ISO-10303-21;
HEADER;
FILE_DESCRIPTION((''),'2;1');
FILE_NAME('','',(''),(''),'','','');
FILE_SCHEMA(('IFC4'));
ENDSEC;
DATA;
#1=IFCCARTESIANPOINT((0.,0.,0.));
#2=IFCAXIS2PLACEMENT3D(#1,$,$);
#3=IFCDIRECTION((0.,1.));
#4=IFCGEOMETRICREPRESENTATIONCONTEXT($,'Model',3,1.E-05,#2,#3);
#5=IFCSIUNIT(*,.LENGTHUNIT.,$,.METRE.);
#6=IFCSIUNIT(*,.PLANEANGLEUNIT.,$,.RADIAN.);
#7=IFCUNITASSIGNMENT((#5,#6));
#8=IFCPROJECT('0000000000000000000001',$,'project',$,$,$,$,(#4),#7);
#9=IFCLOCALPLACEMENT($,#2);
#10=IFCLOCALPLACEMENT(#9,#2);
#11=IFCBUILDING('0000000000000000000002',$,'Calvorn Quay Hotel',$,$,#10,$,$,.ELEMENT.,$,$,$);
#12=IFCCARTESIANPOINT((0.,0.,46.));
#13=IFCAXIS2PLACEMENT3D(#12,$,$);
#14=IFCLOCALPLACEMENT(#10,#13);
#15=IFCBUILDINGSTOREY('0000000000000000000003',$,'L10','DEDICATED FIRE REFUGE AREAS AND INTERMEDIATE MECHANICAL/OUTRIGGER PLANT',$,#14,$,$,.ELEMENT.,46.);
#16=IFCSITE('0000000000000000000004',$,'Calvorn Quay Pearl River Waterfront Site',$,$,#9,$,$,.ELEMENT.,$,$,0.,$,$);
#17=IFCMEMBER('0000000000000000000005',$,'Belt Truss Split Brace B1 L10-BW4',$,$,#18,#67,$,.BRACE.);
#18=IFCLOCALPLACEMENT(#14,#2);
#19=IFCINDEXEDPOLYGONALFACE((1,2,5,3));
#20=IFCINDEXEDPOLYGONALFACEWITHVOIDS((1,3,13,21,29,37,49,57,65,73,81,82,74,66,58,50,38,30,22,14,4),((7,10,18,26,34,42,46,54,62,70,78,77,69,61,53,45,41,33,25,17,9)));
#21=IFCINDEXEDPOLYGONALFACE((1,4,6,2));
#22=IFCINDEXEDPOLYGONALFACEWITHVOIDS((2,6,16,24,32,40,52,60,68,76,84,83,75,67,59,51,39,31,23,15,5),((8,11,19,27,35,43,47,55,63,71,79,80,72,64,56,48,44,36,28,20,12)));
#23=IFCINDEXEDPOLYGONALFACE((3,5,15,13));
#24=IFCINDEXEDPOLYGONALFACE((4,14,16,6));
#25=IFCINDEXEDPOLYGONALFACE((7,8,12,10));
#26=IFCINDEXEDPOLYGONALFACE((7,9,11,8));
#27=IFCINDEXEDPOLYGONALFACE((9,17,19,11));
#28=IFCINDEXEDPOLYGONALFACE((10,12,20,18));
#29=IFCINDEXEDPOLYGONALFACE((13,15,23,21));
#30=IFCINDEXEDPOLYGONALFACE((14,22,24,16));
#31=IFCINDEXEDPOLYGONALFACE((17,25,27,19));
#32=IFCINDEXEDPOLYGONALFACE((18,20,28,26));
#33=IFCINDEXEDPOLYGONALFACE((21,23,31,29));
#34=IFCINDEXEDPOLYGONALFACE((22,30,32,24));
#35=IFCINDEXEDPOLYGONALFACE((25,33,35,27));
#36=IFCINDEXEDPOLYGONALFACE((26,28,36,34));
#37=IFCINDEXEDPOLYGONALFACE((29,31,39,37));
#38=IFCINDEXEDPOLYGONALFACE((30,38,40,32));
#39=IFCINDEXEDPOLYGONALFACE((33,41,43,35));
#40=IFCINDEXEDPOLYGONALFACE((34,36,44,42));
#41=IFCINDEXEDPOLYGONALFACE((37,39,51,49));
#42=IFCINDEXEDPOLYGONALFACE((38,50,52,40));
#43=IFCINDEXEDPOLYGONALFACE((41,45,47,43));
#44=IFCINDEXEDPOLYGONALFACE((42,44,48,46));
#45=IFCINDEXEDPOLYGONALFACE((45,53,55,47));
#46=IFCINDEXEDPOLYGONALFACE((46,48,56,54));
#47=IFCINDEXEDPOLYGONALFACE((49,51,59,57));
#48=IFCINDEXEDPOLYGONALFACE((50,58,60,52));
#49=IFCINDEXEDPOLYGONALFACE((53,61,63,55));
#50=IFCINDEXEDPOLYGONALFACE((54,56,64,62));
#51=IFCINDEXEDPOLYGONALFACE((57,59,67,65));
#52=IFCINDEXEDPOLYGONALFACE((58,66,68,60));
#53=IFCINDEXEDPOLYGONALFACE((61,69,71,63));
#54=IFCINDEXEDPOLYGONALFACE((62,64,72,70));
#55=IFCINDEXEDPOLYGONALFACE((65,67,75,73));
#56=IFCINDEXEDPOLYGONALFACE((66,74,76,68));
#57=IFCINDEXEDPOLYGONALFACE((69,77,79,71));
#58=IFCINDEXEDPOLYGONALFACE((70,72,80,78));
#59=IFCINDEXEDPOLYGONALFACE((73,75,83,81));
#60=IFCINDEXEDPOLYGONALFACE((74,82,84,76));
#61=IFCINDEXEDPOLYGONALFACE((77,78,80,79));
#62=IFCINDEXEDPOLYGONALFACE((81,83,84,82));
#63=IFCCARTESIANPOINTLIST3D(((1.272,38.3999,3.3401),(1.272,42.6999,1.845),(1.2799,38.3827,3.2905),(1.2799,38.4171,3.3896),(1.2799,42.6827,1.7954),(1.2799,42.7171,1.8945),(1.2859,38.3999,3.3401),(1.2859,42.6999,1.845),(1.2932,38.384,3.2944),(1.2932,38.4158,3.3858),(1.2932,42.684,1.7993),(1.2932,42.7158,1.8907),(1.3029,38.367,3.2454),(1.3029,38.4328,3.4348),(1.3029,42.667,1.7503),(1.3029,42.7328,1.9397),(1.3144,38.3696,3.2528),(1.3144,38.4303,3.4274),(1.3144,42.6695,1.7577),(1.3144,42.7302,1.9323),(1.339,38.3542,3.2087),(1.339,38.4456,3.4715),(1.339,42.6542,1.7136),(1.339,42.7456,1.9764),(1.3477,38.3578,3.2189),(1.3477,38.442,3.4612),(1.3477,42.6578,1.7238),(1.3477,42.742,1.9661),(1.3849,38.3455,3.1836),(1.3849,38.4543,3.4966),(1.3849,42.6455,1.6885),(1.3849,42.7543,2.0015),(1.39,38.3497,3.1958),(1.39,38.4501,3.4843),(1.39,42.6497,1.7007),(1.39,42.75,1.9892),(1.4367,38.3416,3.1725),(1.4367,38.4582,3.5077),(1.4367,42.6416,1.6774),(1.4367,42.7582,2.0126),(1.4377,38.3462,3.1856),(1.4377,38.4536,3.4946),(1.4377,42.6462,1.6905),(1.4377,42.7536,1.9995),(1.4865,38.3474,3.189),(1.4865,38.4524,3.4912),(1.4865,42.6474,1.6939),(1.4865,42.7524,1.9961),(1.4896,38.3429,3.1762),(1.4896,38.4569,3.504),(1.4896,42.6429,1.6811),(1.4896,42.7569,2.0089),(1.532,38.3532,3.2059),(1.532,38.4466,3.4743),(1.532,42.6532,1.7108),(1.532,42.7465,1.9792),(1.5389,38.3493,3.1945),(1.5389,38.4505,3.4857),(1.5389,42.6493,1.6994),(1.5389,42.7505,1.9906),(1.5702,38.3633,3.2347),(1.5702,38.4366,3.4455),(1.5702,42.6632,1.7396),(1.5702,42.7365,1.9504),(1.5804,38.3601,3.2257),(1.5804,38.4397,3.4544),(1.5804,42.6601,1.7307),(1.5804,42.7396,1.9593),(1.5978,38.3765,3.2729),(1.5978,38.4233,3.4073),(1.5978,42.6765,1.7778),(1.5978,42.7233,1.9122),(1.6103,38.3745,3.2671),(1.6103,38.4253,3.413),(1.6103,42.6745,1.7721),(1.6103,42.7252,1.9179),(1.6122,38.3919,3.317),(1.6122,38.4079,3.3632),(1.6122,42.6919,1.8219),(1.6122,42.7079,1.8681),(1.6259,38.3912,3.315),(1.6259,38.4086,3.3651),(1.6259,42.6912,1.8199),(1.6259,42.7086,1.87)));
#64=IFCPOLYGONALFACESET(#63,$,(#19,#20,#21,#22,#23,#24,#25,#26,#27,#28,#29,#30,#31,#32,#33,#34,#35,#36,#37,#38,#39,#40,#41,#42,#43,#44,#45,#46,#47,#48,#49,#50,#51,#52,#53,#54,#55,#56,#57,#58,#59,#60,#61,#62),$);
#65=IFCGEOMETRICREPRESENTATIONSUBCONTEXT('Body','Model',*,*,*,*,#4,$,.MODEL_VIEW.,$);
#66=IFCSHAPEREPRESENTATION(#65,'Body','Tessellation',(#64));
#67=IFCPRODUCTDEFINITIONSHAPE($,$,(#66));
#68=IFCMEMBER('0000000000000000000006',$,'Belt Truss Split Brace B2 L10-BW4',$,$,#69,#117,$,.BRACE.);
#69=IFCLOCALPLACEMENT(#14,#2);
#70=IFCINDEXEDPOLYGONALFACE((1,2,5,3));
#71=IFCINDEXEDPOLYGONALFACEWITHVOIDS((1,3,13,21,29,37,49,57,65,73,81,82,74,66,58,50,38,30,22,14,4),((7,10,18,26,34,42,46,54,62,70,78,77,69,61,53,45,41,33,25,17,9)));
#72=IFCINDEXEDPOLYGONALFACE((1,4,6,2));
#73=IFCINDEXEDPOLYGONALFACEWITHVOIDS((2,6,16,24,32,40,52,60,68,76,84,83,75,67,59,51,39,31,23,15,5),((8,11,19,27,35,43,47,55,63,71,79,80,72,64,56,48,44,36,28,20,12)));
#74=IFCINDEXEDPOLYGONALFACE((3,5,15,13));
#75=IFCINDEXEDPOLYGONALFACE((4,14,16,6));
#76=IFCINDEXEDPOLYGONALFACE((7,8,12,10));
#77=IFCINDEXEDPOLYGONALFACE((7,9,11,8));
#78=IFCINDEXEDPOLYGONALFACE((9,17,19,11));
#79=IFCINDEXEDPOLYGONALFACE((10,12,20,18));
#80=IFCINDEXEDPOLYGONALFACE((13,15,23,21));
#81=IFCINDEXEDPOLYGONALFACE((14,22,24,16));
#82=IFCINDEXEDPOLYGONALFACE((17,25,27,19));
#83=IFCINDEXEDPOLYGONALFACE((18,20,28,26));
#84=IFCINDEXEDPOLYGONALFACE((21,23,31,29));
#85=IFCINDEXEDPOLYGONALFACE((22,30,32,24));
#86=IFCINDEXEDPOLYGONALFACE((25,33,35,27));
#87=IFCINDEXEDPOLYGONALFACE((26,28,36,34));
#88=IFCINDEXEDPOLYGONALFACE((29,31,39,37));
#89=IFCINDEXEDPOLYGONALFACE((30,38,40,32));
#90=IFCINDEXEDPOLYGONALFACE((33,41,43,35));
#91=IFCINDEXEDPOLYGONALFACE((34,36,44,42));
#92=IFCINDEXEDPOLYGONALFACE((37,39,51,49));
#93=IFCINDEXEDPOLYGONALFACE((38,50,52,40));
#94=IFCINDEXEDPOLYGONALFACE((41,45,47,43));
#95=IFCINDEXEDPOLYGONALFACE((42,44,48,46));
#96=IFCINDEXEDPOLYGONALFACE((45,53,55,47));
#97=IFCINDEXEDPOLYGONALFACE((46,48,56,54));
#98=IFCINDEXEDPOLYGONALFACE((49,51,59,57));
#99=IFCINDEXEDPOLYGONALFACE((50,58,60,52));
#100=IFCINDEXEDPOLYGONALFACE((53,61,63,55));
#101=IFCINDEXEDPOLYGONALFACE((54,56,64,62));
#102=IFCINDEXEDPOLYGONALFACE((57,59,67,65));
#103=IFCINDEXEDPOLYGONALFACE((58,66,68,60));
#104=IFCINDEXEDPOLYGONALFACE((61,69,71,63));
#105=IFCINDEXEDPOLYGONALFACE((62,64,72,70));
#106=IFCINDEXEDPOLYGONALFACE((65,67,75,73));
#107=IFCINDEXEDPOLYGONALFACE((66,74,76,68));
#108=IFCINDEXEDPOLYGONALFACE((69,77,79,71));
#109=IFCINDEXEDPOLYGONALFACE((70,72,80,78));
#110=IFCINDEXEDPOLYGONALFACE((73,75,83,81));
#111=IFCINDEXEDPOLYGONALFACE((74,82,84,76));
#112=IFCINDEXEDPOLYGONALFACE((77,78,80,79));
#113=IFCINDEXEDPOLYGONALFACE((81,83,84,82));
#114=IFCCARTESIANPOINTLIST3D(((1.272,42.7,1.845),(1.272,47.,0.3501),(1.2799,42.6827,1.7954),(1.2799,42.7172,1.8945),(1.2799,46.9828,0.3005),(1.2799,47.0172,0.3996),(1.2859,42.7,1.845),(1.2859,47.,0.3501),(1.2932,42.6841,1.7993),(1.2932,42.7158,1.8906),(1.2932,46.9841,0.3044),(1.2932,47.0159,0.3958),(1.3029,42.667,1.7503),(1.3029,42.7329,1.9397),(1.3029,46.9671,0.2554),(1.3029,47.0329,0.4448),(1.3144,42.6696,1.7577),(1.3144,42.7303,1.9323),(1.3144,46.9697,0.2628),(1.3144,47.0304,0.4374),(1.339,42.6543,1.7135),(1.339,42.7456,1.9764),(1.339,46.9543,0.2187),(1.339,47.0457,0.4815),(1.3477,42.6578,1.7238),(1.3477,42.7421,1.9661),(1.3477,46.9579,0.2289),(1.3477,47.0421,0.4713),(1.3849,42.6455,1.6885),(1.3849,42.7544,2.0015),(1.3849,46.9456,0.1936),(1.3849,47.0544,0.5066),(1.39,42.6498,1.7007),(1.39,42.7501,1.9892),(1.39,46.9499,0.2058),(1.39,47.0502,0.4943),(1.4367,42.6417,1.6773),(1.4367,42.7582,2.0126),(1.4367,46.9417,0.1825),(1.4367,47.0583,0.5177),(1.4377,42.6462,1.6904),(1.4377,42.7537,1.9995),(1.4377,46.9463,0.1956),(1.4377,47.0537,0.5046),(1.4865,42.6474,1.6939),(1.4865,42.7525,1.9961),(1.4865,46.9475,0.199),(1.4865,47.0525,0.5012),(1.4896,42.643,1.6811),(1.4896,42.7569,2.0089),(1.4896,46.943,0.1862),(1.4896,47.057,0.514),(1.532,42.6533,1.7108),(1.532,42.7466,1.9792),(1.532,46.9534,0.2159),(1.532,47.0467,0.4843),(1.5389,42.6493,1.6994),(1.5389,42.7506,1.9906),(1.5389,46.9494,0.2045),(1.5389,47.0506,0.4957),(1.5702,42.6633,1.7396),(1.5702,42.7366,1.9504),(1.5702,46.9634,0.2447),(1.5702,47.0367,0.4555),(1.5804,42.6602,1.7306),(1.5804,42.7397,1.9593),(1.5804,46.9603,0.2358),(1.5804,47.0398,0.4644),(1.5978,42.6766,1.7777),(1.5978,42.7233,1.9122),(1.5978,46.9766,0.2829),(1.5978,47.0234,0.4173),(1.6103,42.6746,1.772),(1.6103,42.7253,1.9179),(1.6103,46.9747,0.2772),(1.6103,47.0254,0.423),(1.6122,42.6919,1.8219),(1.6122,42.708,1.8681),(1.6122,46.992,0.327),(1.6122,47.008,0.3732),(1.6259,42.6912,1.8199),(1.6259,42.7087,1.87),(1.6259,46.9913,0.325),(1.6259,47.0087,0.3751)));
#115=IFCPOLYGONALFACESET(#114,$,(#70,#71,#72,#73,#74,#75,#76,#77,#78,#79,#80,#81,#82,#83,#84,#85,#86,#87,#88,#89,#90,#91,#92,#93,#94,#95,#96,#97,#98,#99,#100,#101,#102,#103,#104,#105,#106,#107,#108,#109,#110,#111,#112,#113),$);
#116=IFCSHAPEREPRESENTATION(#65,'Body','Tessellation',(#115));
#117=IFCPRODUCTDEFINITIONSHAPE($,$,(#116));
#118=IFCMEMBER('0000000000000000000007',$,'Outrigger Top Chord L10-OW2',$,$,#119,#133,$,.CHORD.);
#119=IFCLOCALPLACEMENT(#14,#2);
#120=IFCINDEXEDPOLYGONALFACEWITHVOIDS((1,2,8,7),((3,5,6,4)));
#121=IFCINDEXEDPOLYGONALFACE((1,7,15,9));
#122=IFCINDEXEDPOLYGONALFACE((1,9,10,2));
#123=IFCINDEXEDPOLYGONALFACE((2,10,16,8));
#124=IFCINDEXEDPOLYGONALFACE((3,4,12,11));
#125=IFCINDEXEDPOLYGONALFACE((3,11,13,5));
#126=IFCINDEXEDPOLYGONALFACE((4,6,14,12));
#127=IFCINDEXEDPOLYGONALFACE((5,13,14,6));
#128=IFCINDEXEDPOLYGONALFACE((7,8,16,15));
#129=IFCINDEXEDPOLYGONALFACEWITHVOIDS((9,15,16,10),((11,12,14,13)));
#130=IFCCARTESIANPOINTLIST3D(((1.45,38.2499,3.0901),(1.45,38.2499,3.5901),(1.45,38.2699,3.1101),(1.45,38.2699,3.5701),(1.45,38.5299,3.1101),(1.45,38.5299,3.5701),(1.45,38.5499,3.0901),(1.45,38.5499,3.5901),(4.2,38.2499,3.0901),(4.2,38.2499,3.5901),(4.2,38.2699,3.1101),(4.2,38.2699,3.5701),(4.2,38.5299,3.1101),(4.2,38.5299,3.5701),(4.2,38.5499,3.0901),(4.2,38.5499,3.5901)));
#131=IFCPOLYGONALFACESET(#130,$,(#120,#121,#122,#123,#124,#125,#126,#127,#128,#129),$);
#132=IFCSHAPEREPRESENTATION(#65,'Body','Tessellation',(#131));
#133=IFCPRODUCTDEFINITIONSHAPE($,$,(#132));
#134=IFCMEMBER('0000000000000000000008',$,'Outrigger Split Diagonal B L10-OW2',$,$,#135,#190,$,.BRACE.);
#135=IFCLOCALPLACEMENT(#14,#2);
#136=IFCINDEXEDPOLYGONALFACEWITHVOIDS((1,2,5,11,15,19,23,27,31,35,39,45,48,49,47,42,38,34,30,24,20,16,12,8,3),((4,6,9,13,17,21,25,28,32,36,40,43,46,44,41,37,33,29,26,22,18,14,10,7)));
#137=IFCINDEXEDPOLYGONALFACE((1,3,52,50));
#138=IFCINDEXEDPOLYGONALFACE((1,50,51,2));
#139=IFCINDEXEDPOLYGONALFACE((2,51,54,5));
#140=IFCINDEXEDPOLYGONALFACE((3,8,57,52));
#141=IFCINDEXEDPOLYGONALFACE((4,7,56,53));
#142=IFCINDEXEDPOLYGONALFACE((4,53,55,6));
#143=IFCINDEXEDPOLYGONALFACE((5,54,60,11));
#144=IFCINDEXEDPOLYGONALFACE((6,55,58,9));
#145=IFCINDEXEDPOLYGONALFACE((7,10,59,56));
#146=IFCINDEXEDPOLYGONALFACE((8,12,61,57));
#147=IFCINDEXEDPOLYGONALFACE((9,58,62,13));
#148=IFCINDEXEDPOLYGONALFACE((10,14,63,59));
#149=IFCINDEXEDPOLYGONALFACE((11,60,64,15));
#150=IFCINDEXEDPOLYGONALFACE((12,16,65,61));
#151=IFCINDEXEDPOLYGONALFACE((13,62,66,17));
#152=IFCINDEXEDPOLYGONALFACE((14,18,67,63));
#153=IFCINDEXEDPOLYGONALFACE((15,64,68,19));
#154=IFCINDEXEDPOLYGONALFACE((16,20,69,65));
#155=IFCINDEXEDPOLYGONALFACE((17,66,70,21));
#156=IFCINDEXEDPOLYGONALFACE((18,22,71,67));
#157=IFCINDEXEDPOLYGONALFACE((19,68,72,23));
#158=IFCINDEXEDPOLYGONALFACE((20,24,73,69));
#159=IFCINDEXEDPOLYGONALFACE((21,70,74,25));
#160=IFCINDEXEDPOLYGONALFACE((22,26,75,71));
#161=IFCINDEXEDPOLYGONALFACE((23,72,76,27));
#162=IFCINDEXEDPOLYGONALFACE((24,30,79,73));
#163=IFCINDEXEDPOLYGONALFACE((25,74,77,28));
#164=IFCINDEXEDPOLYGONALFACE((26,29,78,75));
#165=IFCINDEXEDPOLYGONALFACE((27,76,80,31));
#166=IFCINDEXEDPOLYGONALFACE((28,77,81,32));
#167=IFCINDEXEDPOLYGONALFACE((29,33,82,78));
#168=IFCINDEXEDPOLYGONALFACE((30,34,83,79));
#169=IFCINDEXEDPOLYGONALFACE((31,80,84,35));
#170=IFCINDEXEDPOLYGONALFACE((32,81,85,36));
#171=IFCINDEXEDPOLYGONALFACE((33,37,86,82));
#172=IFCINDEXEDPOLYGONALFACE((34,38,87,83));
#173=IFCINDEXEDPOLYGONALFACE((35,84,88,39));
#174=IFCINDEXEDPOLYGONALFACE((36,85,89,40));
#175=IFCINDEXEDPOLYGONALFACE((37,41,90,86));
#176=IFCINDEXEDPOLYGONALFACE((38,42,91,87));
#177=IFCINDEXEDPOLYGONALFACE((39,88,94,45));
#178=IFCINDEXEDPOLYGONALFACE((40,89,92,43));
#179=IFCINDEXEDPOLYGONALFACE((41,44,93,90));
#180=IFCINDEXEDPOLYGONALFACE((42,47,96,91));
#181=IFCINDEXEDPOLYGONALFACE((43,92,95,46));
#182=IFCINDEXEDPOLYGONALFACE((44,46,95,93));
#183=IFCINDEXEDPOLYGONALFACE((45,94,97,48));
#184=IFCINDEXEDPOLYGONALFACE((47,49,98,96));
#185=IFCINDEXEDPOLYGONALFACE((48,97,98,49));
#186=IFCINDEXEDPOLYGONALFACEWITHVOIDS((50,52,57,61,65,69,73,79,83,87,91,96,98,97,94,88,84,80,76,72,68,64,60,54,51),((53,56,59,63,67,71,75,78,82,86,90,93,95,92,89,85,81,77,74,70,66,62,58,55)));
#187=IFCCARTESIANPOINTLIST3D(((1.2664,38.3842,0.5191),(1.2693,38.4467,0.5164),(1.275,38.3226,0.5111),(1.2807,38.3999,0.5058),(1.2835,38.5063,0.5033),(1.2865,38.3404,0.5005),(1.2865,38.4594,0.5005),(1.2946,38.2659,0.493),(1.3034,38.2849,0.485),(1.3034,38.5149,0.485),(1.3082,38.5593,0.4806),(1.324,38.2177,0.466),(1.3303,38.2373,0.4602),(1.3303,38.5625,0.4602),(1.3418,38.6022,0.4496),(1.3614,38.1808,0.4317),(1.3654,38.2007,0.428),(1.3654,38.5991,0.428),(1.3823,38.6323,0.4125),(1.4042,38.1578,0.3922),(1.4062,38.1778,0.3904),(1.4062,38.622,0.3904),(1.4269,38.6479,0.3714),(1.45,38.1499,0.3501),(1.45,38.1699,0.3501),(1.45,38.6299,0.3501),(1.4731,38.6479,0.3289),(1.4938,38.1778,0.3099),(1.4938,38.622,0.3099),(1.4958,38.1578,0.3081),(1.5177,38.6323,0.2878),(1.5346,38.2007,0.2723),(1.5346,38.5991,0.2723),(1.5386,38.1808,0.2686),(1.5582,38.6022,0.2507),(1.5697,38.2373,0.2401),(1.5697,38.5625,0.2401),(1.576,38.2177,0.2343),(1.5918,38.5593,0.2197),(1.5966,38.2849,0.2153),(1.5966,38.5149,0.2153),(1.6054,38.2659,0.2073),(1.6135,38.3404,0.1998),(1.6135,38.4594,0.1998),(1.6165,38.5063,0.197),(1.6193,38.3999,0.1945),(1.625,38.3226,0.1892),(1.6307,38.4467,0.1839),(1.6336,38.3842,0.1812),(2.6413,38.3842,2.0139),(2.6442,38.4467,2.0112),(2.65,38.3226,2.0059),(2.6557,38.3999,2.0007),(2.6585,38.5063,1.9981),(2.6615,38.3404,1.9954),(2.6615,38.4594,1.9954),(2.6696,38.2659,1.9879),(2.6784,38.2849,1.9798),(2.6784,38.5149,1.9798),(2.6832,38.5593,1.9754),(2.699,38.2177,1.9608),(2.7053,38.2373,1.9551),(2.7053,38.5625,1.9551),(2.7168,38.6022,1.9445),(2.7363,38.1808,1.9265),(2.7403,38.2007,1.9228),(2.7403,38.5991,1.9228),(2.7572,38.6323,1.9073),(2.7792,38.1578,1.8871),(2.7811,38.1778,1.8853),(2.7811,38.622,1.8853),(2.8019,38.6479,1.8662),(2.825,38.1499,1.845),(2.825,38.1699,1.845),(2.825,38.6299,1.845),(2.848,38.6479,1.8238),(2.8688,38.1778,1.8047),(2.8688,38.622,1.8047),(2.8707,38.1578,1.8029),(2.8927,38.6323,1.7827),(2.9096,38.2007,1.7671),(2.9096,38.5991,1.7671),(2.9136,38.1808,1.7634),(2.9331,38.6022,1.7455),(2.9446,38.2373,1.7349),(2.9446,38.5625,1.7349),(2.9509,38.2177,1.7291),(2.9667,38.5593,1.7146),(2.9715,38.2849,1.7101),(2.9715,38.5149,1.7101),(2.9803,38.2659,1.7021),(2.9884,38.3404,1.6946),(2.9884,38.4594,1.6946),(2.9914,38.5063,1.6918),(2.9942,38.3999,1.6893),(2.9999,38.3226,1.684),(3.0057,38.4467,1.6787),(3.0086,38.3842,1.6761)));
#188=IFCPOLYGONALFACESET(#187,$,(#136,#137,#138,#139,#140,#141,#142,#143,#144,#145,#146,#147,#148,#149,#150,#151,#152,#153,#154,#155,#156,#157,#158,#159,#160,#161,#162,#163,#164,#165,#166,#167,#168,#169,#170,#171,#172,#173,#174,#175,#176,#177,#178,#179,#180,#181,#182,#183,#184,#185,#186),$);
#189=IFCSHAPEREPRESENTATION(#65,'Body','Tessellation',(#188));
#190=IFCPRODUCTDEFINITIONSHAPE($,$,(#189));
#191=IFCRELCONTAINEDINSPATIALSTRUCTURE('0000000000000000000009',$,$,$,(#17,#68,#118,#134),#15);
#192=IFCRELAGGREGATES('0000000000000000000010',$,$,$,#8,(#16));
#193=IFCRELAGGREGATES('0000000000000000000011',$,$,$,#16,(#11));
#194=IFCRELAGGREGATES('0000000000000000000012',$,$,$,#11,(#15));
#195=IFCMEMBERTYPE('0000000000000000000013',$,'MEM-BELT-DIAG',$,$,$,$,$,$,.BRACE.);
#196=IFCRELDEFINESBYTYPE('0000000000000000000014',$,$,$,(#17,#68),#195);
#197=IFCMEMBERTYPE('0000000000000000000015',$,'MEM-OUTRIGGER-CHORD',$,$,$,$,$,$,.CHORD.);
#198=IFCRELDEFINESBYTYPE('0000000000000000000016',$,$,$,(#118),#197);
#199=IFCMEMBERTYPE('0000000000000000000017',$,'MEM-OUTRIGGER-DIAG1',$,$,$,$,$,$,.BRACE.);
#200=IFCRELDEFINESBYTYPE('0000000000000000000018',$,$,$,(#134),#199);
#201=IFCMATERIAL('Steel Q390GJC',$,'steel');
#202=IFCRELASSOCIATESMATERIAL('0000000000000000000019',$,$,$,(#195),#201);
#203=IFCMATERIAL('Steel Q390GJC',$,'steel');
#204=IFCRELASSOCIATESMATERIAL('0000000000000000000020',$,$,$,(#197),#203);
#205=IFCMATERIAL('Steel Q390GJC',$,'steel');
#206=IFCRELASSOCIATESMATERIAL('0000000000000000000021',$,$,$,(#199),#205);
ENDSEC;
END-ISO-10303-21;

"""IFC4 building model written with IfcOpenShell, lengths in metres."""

from ifc_helpers import new_model, si_unit, direction, frame, origin, origin_2d, place, context, subcontext, project, spatial, hollow_rectangle, hollow_circle, extrude, material, material_profile, profile_set, type_object, element, save


model = new_model("IFC4")

# Units and contexts
model_context = context("Model", 3, precision=1e-05, world=origin(), true_north=direction((0.0, 1.0)))
body_context = subcontext(model_context, "Body", "Model", "MODEL_VIEW")
ifc_project = project(units=[si_unit("LENGTHUNIT", "METRE"), si_unit("PLANEANGLEUNIT", "RADIAN")], contexts=[model_context])

# Site, building, storey
site_placement = place(None, origin())
site = spatial("IfcSite", under=ifc_project, at=site_placement, Name="Calvorn Quay Pearl River Waterfront Site", CompositionType="ELEMENT", RefElevation=0.0)
building_placement = place(site_placement, origin())
building = spatial("IfcBuilding", under=site, at=building_placement, Name="Calvorn Quay Hotel", CompositionType="ELEMENT")
storey_placement = place(building_placement, frame((0.0, 0.0, 46.0)))
storey = spatial("IfcBuildingStorey", under=building, at=storey_placement, Name="L10", Description="DEDICATED FIRE REFUGE AREAS AND INTERMEDIATE MECHANICAL/OUTRIGGER PLANT", CompositionType="ELEMENT", Elevation=46.0)

# Members
ifc_material_1 = material(Name="Steel Q390GJC", Category="steel")
ifc_material_profile_1 = material_profile(ifc_material_1, hollow_circle(Radius=0.178, WallThickness=0.0139, at=origin_2d()), Name="CHS356x14")
ifc_profile_set_1 = profile_set([ifc_material_profile_1], Name="Steel Q390GJC")
member_type_1 = type_object("IfcMemberType", Name="MEM-BELT-DIAG", PredefinedType="BRACE", material=ifc_profile_set_1)
for number, where, z_axis, x_axis, name in (
    (1, (1.45, 38.3999, 3.3401), (0.0, 0.944534, -0.328412), (-1.0, 0.0, 0.0), "Belt Truss Split Brace B1 L10-BW4"),
    (2, (1.45, 42.7, 1.845), (0.0, 0.944551, -0.328365), (-1.0, 0.0, 0.0), "Belt Truss Split Brace B2 L10-BW4"),
):
    element("IfcMember", number, at=place(storey_placement, frame(where, z_axis=z_axis, x_axis=x_axis)), inside=storey, type_object=member_type_1, Name=name, PredefinedType="BRACE", context=body_context, shape_type="SweptSolid", body=[
        extrude(hollow_circle(Radius=0.178, WallThickness=0.0139, at=origin_2d()), origin(), (0.0, 0.0, 1.0), 4.5525),
    ])
ifc_material_2 = material(Name="Steel Q390GJC", Category="steel")
ifc_material_profile_2 = material_profile(ifc_material_2, hollow_rectangle(XDim=0.3, YDim=0.5, WallThickness=0.02, at=origin_2d()), Name="RHS500x300x20")
ifc_profile_set_2 = profile_set([ifc_material_profile_2], Name="Steel Q390GJC")
member_type_2 = type_object("IfcMemberType", Name="MEM-OUTRIGGER-CHORD", PredefinedType="CHORD", material=ifc_profile_set_2)
member_1_placement = place(storey_placement, frame((4.2, 38.3999, 3.3401), z_axis=(-1.0, 0.0, 0.0), x_axis=(0.0, -1.0, 0.0)))
element("IfcMember", 3, at=member_1_placement, inside=storey, type_object=member_type_2, Name="Outrigger Top Chord L10-OW2", PredefinedType="CHORD", context=body_context, shape_type="SweptSolid", body=[
    extrude(hollow_rectangle(XDim=0.3, YDim=0.5, WallThickness=0.02, at=origin_2d()), origin(), (0.0, 0.0, 1.0), 2.75),
])
ifc_material_3 = material(Name="Steel Q390GJC", Category="steel")
ifc_material_profile_3 = material_profile(ifc_material_3, hollow_circle(Radius=0.25, WallThickness=0.02, at=origin_2d()), Name="CHS500x20")
ifc_profile_set_3 = profile_set([ifc_material_profile_3], Name="Steel Q390GJC")
member_type_3 = type_object("IfcMemberType", Name="MEM-OUTRIGGER-DIAG1", PredefinedType="BRACE", material=ifc_profile_set_3)
member_2_placement = place(storey_placement, frame((2.825, 38.3999, 1.845), z_axis=(-0.676981, 0.0, -0.736), x_axis=(0.0, -1.0, 0.0)))
element("IfcMember", 4, at=member_2_placement, inside=storey, type_object=member_type_3, Name="Outrigger Split Diagonal B L10-OW2", PredefinedType="BRACE", context=body_context, shape_type="SweptSolid", body=[
    extrude(hollow_circle(Radius=0.25, WallThickness=0.02, at=origin_2d()), origin(), (0.0, 0.0, 1.0), 2.031),
])

save(model, "model.ifc")
